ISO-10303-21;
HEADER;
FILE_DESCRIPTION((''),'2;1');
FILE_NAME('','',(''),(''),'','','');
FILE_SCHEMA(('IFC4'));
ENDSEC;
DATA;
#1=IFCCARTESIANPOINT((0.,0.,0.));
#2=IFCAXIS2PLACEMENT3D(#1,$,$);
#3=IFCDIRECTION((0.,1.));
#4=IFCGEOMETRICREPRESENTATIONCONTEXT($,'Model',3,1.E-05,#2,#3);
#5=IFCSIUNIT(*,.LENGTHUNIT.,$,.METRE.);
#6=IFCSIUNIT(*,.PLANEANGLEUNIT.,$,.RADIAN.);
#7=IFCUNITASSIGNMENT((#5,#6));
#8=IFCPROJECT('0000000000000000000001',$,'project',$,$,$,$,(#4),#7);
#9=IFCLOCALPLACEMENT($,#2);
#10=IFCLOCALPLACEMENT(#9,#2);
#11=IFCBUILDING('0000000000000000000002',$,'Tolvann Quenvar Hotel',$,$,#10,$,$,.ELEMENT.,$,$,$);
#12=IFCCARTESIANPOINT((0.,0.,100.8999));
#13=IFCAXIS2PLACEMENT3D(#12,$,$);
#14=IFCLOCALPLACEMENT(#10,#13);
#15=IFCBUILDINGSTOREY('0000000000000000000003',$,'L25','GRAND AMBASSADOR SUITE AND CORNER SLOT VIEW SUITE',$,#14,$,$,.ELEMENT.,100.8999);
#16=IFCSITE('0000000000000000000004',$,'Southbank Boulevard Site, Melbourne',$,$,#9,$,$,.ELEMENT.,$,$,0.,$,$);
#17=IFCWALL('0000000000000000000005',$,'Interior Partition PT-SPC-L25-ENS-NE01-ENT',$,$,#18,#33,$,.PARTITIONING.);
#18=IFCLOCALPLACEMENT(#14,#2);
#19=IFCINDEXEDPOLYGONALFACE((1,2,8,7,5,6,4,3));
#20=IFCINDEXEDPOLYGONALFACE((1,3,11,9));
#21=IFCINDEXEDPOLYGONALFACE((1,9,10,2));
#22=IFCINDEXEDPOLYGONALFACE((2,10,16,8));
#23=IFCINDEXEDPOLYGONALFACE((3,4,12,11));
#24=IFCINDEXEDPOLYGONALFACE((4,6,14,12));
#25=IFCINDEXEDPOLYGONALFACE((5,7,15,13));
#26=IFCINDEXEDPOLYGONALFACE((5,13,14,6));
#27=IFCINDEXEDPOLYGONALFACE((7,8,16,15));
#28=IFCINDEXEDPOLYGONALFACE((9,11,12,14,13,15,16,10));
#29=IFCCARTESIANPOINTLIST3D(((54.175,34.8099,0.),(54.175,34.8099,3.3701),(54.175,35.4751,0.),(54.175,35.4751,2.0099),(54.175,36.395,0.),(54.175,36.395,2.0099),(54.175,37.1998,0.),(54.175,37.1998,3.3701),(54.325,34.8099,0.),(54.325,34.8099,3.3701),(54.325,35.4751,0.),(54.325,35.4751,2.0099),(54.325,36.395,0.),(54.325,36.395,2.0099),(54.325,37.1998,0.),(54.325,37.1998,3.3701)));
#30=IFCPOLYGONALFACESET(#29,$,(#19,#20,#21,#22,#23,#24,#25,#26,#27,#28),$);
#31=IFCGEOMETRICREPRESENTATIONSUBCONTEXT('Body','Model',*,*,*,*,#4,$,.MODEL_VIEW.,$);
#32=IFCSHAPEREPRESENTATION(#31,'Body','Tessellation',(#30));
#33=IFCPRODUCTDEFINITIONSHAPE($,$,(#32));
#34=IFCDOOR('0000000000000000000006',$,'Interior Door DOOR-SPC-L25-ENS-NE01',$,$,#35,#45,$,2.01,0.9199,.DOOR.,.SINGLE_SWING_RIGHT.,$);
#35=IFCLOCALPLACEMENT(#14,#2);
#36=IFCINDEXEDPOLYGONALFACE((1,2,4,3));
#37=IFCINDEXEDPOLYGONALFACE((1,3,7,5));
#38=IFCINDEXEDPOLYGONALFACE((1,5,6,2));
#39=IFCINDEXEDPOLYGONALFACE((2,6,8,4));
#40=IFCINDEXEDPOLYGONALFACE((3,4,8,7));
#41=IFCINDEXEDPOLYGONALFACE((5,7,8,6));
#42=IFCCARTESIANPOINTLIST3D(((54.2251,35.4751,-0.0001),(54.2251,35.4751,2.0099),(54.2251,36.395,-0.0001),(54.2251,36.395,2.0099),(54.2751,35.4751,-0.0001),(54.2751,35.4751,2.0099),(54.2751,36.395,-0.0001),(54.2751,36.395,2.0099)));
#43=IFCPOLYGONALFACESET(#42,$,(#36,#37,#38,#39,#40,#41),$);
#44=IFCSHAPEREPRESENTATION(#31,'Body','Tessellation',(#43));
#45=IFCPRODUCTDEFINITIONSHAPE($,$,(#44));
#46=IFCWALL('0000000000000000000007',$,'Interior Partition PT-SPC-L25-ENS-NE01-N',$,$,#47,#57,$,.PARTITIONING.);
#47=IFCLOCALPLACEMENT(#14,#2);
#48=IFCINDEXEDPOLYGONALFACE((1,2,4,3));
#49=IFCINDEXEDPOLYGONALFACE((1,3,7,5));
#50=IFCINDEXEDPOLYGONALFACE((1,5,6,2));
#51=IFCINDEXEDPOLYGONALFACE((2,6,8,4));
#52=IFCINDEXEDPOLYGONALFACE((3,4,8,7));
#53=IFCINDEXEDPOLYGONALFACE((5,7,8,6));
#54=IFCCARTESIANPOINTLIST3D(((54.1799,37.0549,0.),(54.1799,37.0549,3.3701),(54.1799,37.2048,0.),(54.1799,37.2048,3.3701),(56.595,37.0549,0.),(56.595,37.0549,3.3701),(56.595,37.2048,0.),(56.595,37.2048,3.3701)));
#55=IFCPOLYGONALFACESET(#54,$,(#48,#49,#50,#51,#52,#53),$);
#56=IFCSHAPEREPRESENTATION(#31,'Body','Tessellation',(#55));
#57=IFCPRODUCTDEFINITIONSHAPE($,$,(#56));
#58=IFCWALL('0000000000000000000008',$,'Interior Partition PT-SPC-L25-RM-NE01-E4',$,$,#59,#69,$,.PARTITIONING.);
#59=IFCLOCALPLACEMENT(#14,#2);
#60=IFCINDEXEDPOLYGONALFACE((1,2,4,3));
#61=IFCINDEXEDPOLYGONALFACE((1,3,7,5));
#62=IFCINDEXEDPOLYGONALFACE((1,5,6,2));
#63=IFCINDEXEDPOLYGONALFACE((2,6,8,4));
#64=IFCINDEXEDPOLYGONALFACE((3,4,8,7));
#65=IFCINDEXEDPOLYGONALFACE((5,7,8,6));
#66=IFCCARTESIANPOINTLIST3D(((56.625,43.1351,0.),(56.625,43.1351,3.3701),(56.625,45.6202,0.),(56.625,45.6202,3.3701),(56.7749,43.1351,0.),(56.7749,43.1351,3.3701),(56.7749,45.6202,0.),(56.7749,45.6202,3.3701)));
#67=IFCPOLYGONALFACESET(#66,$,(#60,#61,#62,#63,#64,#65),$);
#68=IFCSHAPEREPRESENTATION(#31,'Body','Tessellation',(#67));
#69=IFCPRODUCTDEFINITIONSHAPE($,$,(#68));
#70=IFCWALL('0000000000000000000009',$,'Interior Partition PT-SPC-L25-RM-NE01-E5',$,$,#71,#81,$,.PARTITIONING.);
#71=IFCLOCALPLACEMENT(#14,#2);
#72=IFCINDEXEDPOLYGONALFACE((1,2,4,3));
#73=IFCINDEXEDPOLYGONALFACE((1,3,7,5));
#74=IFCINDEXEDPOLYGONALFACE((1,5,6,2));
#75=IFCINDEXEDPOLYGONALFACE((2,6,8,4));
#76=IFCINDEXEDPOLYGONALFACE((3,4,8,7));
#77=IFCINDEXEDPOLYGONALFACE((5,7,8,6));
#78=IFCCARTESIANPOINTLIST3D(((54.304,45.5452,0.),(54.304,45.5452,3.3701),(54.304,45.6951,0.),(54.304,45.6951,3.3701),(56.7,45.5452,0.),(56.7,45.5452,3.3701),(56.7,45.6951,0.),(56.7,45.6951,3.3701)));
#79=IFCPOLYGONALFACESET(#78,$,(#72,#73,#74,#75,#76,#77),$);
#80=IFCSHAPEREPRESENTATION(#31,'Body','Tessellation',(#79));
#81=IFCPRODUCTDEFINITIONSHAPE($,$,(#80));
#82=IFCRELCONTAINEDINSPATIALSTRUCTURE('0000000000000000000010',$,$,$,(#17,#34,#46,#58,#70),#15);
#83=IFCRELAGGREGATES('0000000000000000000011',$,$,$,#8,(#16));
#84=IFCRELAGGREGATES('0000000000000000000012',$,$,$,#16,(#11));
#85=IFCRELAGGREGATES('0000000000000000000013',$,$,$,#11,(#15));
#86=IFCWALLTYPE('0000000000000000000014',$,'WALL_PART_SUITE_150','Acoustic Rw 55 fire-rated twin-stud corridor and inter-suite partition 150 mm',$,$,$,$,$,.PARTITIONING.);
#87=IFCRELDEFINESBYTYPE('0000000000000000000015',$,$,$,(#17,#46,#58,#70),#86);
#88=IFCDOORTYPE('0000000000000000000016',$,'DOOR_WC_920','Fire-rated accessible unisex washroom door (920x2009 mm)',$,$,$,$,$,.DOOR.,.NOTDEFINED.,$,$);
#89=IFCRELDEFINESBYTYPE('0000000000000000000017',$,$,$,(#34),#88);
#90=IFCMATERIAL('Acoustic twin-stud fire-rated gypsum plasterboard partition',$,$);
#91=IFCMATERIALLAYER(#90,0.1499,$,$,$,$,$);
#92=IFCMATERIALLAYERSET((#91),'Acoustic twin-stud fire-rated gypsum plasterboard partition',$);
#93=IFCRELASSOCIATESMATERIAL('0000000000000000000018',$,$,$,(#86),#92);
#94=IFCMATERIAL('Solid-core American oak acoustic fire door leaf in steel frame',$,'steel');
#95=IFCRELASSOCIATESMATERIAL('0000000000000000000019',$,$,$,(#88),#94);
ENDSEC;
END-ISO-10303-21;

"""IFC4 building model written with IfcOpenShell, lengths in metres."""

from ifc_helpers import new_model, si_unit, direction, frame, frame_2d, origin, place, context, subcontext, project, spatial, rectangle, extrude, source, transform, mapped, material, layer, layer_set, type_object, type_shapes, element, fill, save


model = new_model("IFC4")

# Units and contexts
model_context = context("Model", 3, precision=1e-05, world=origin(), true_north=direction((0.0, 1.0)))
body_context = subcontext(model_context, "Body", "Model", "MODEL_VIEW")
ifc_project = project(units=[si_unit("LENGTHUNIT", "METRE"), si_unit("PLANEANGLEUNIT", "RADIAN")], contexts=[model_context])

# Site, building, storey
site_placement = place(None, origin())
site = spatial("IfcSite", under=ifc_project, at=site_placement, Name="Southbank Boulevard Site, Melbourne", CompositionType="ELEMENT", RefElevation=0.0)
building_placement = place(site_placement, origin())
building = spatial("IfcBuilding", under=site, at=building_placement, Name="Tolvann Quenvar Hotel", CompositionType="ELEMENT")
storey_placement = place(building_placement, frame((0.0, 0.0, 100.8999)))
storey = spatial("IfcBuildingStorey", under=building, at=storey_placement, Name="L25", Description="GRAND AMBASSADOR SUITE AND CORNER SLOT VIEW SUITE", CompositionType="ELEMENT", Elevation=100.8999)

# Wall, opening, door
ifc_material_1 = material(Name="Acoustic twin-stud fire-rated gypsum plasterboard partition")
ifc_layer_1 = layer(ifc_material_1, 0.1499)
ifc_layer_set_1 = layer_set([ifc_layer_1], Name="Acoustic twin-stud fire-rated gypsum plasterboard partition")
wall_type_1 = type_object("IfcWallType", Name="WALL_PART_SUITE_150", Description="Acoustic Rw 55 fire-rated twin-stud corridor and inter-suite partition 150 mm", PredefinedType="PARTITIONING", material=ifc_layer_set_1)
wall_1_placement = place(storey_placement, frame((54.25, 34.8101, 0.0), z_axis=(0.0, 0.0, 1.0), x_axis=(0.0, 1.0, 0.0)))
wall_1 = element("IfcWall", 1, at=wall_1_placement, inside=storey, type_object=wall_type_1, Name="Interior Partition PT-SPC-L25-ENS-NE01-ENT", PredefinedType="PARTITIONING", context=body_context, shape_type="SweptSolid", body=[
    extrude(rectangle(XDim=2.3899, YDim=0.1499, at=frame_2d((1.1948, 0.0))), origin(), (0.0, 0.0, 1.0), 3.3701),
])
opening_1_placement = place(wall_1_placement, frame((0.665, 0.0, 0.0)))
opening_1 = element("IfcOpeningElement", 2, at=opening_1_placement, cuts=wall_1, PredefinedType="OPENING", context=body_context, shape_type="SweptSolid", body=[
    extrude(rectangle(XDim=0.9199, YDim=2.01, at=frame_2d((0.46, 1.0049))), frame((0.0, 0.085, 0.0), z_axis=(0.0, -1.0, 0.0), x_axis=(1.0, 0.0, 0.0)), (0.0, 0.0, 1.0), 0.1699),
])
ifc_material_2 = material(Name="Solid-core American oak acoustic fire door leaf in steel frame", Category="steel")
door_type = type_object("IfcDoorType", Name="DOOR_WC_920", Description="Fire-rated accessible unisex washroom door (920x2009 mm)", OperationType="NOTDEFINED", PredefinedType="DOOR", material=ifc_material_2)
shared_shape_1 = source(origin(), body_context, "Body", "SweptSolid", [
    extrude(rectangle(XDim=0.9199, YDim=2.01, at=frame_2d((0.46, 1.0049))), frame((0.0, 0.0249, 0.0), z_axis=(0.0, -1.0, 0.0), x_axis=(1.0, 0.0, 0.0)), (0.0, 0.0, 1.0), 0.05),
])
type_shapes(door_type, [shared_shape_1])
door_placement = place(opening_1_placement, origin())
door = element("IfcDoor", 3, at=door_placement, inside=storey, type_object=door_type, Name="Interior Door DOOR-SPC-L25-ENS-NE01", OperationType="SINGLE_SWING_RIGHT", OverallHeight=2.01, OverallWidth=0.9199, PredefinedType="DOOR", context=body_context, shape_type="MappedRepresentation", body=[
    mapped(shared_shape_1, transform((0.0, 0.0, 0.0), x_axis=(1.0, 0.0, 0.0), y_axis=(0.0, 1.0, 0.0), z_axis=(0.0, 0.0, 1.0), scale=1.0)),
])
fill(opening_1, door)

# Walls
wall_2_placement = place(storey_placement, frame((54.1799, 37.1299, 0.0), z_axis=(0.0, 0.0, 1.0), x_axis=(1.0, 0.0, 0.0)))
element("IfcWall", 4, at=wall_2_placement, inside=storey, type_object=wall_type_1, Name="Interior Partition PT-SPC-L25-ENS-NE01-N", PredefinedType="PARTITIONING", context=body_context, shape_type="SweptSolid", body=[
    extrude(rectangle(XDim=2.415, YDim=0.1499, at=frame_2d((1.2075, 0.0))), origin(), (0.0, 0.0, 1.0), 3.3701),
])
wall_3_placement = place(storey_placement, frame((56.7, 43.135, 0.0), z_axis=(0.0, 0.0, 1.0), x_axis=(0.0, 1.0, 0.0)))
element("IfcWall", 5, at=wall_3_placement, inside=storey, type_object=wall_type_1, Name="Interior Partition PT-SPC-L25-RM-NE01-E4", PredefinedType="PARTITIONING", context=body_context, shape_type="SweptSolid", body=[
    extrude(rectangle(XDim=2.4851, YDim=0.1499, at=frame_2d((1.2427, 0.0))), origin(), (0.0, 0.0, 1.0), 3.3701),
])
wall_4_placement = place(storey_placement, frame((54.304, 45.6201, 0.0), z_axis=(0.0, 0.0, 1.0), x_axis=(1.0, 0.0, 0.0)))
element("IfcWall", 6, at=wall_4_placement, inside=storey, type_object=wall_type_1, Name="Interior Partition PT-SPC-L25-RM-NE01-E5", PredefinedType="PARTITIONING", context=body_context, shape_type="SweptSolid", body=[
    extrude(rectangle(XDim=2.396, YDim=0.1499, at=frame_2d((1.198, 0.0))), origin(), (0.0, 0.0, 1.0), 3.3701),
])

save(model, "model.ifc")
